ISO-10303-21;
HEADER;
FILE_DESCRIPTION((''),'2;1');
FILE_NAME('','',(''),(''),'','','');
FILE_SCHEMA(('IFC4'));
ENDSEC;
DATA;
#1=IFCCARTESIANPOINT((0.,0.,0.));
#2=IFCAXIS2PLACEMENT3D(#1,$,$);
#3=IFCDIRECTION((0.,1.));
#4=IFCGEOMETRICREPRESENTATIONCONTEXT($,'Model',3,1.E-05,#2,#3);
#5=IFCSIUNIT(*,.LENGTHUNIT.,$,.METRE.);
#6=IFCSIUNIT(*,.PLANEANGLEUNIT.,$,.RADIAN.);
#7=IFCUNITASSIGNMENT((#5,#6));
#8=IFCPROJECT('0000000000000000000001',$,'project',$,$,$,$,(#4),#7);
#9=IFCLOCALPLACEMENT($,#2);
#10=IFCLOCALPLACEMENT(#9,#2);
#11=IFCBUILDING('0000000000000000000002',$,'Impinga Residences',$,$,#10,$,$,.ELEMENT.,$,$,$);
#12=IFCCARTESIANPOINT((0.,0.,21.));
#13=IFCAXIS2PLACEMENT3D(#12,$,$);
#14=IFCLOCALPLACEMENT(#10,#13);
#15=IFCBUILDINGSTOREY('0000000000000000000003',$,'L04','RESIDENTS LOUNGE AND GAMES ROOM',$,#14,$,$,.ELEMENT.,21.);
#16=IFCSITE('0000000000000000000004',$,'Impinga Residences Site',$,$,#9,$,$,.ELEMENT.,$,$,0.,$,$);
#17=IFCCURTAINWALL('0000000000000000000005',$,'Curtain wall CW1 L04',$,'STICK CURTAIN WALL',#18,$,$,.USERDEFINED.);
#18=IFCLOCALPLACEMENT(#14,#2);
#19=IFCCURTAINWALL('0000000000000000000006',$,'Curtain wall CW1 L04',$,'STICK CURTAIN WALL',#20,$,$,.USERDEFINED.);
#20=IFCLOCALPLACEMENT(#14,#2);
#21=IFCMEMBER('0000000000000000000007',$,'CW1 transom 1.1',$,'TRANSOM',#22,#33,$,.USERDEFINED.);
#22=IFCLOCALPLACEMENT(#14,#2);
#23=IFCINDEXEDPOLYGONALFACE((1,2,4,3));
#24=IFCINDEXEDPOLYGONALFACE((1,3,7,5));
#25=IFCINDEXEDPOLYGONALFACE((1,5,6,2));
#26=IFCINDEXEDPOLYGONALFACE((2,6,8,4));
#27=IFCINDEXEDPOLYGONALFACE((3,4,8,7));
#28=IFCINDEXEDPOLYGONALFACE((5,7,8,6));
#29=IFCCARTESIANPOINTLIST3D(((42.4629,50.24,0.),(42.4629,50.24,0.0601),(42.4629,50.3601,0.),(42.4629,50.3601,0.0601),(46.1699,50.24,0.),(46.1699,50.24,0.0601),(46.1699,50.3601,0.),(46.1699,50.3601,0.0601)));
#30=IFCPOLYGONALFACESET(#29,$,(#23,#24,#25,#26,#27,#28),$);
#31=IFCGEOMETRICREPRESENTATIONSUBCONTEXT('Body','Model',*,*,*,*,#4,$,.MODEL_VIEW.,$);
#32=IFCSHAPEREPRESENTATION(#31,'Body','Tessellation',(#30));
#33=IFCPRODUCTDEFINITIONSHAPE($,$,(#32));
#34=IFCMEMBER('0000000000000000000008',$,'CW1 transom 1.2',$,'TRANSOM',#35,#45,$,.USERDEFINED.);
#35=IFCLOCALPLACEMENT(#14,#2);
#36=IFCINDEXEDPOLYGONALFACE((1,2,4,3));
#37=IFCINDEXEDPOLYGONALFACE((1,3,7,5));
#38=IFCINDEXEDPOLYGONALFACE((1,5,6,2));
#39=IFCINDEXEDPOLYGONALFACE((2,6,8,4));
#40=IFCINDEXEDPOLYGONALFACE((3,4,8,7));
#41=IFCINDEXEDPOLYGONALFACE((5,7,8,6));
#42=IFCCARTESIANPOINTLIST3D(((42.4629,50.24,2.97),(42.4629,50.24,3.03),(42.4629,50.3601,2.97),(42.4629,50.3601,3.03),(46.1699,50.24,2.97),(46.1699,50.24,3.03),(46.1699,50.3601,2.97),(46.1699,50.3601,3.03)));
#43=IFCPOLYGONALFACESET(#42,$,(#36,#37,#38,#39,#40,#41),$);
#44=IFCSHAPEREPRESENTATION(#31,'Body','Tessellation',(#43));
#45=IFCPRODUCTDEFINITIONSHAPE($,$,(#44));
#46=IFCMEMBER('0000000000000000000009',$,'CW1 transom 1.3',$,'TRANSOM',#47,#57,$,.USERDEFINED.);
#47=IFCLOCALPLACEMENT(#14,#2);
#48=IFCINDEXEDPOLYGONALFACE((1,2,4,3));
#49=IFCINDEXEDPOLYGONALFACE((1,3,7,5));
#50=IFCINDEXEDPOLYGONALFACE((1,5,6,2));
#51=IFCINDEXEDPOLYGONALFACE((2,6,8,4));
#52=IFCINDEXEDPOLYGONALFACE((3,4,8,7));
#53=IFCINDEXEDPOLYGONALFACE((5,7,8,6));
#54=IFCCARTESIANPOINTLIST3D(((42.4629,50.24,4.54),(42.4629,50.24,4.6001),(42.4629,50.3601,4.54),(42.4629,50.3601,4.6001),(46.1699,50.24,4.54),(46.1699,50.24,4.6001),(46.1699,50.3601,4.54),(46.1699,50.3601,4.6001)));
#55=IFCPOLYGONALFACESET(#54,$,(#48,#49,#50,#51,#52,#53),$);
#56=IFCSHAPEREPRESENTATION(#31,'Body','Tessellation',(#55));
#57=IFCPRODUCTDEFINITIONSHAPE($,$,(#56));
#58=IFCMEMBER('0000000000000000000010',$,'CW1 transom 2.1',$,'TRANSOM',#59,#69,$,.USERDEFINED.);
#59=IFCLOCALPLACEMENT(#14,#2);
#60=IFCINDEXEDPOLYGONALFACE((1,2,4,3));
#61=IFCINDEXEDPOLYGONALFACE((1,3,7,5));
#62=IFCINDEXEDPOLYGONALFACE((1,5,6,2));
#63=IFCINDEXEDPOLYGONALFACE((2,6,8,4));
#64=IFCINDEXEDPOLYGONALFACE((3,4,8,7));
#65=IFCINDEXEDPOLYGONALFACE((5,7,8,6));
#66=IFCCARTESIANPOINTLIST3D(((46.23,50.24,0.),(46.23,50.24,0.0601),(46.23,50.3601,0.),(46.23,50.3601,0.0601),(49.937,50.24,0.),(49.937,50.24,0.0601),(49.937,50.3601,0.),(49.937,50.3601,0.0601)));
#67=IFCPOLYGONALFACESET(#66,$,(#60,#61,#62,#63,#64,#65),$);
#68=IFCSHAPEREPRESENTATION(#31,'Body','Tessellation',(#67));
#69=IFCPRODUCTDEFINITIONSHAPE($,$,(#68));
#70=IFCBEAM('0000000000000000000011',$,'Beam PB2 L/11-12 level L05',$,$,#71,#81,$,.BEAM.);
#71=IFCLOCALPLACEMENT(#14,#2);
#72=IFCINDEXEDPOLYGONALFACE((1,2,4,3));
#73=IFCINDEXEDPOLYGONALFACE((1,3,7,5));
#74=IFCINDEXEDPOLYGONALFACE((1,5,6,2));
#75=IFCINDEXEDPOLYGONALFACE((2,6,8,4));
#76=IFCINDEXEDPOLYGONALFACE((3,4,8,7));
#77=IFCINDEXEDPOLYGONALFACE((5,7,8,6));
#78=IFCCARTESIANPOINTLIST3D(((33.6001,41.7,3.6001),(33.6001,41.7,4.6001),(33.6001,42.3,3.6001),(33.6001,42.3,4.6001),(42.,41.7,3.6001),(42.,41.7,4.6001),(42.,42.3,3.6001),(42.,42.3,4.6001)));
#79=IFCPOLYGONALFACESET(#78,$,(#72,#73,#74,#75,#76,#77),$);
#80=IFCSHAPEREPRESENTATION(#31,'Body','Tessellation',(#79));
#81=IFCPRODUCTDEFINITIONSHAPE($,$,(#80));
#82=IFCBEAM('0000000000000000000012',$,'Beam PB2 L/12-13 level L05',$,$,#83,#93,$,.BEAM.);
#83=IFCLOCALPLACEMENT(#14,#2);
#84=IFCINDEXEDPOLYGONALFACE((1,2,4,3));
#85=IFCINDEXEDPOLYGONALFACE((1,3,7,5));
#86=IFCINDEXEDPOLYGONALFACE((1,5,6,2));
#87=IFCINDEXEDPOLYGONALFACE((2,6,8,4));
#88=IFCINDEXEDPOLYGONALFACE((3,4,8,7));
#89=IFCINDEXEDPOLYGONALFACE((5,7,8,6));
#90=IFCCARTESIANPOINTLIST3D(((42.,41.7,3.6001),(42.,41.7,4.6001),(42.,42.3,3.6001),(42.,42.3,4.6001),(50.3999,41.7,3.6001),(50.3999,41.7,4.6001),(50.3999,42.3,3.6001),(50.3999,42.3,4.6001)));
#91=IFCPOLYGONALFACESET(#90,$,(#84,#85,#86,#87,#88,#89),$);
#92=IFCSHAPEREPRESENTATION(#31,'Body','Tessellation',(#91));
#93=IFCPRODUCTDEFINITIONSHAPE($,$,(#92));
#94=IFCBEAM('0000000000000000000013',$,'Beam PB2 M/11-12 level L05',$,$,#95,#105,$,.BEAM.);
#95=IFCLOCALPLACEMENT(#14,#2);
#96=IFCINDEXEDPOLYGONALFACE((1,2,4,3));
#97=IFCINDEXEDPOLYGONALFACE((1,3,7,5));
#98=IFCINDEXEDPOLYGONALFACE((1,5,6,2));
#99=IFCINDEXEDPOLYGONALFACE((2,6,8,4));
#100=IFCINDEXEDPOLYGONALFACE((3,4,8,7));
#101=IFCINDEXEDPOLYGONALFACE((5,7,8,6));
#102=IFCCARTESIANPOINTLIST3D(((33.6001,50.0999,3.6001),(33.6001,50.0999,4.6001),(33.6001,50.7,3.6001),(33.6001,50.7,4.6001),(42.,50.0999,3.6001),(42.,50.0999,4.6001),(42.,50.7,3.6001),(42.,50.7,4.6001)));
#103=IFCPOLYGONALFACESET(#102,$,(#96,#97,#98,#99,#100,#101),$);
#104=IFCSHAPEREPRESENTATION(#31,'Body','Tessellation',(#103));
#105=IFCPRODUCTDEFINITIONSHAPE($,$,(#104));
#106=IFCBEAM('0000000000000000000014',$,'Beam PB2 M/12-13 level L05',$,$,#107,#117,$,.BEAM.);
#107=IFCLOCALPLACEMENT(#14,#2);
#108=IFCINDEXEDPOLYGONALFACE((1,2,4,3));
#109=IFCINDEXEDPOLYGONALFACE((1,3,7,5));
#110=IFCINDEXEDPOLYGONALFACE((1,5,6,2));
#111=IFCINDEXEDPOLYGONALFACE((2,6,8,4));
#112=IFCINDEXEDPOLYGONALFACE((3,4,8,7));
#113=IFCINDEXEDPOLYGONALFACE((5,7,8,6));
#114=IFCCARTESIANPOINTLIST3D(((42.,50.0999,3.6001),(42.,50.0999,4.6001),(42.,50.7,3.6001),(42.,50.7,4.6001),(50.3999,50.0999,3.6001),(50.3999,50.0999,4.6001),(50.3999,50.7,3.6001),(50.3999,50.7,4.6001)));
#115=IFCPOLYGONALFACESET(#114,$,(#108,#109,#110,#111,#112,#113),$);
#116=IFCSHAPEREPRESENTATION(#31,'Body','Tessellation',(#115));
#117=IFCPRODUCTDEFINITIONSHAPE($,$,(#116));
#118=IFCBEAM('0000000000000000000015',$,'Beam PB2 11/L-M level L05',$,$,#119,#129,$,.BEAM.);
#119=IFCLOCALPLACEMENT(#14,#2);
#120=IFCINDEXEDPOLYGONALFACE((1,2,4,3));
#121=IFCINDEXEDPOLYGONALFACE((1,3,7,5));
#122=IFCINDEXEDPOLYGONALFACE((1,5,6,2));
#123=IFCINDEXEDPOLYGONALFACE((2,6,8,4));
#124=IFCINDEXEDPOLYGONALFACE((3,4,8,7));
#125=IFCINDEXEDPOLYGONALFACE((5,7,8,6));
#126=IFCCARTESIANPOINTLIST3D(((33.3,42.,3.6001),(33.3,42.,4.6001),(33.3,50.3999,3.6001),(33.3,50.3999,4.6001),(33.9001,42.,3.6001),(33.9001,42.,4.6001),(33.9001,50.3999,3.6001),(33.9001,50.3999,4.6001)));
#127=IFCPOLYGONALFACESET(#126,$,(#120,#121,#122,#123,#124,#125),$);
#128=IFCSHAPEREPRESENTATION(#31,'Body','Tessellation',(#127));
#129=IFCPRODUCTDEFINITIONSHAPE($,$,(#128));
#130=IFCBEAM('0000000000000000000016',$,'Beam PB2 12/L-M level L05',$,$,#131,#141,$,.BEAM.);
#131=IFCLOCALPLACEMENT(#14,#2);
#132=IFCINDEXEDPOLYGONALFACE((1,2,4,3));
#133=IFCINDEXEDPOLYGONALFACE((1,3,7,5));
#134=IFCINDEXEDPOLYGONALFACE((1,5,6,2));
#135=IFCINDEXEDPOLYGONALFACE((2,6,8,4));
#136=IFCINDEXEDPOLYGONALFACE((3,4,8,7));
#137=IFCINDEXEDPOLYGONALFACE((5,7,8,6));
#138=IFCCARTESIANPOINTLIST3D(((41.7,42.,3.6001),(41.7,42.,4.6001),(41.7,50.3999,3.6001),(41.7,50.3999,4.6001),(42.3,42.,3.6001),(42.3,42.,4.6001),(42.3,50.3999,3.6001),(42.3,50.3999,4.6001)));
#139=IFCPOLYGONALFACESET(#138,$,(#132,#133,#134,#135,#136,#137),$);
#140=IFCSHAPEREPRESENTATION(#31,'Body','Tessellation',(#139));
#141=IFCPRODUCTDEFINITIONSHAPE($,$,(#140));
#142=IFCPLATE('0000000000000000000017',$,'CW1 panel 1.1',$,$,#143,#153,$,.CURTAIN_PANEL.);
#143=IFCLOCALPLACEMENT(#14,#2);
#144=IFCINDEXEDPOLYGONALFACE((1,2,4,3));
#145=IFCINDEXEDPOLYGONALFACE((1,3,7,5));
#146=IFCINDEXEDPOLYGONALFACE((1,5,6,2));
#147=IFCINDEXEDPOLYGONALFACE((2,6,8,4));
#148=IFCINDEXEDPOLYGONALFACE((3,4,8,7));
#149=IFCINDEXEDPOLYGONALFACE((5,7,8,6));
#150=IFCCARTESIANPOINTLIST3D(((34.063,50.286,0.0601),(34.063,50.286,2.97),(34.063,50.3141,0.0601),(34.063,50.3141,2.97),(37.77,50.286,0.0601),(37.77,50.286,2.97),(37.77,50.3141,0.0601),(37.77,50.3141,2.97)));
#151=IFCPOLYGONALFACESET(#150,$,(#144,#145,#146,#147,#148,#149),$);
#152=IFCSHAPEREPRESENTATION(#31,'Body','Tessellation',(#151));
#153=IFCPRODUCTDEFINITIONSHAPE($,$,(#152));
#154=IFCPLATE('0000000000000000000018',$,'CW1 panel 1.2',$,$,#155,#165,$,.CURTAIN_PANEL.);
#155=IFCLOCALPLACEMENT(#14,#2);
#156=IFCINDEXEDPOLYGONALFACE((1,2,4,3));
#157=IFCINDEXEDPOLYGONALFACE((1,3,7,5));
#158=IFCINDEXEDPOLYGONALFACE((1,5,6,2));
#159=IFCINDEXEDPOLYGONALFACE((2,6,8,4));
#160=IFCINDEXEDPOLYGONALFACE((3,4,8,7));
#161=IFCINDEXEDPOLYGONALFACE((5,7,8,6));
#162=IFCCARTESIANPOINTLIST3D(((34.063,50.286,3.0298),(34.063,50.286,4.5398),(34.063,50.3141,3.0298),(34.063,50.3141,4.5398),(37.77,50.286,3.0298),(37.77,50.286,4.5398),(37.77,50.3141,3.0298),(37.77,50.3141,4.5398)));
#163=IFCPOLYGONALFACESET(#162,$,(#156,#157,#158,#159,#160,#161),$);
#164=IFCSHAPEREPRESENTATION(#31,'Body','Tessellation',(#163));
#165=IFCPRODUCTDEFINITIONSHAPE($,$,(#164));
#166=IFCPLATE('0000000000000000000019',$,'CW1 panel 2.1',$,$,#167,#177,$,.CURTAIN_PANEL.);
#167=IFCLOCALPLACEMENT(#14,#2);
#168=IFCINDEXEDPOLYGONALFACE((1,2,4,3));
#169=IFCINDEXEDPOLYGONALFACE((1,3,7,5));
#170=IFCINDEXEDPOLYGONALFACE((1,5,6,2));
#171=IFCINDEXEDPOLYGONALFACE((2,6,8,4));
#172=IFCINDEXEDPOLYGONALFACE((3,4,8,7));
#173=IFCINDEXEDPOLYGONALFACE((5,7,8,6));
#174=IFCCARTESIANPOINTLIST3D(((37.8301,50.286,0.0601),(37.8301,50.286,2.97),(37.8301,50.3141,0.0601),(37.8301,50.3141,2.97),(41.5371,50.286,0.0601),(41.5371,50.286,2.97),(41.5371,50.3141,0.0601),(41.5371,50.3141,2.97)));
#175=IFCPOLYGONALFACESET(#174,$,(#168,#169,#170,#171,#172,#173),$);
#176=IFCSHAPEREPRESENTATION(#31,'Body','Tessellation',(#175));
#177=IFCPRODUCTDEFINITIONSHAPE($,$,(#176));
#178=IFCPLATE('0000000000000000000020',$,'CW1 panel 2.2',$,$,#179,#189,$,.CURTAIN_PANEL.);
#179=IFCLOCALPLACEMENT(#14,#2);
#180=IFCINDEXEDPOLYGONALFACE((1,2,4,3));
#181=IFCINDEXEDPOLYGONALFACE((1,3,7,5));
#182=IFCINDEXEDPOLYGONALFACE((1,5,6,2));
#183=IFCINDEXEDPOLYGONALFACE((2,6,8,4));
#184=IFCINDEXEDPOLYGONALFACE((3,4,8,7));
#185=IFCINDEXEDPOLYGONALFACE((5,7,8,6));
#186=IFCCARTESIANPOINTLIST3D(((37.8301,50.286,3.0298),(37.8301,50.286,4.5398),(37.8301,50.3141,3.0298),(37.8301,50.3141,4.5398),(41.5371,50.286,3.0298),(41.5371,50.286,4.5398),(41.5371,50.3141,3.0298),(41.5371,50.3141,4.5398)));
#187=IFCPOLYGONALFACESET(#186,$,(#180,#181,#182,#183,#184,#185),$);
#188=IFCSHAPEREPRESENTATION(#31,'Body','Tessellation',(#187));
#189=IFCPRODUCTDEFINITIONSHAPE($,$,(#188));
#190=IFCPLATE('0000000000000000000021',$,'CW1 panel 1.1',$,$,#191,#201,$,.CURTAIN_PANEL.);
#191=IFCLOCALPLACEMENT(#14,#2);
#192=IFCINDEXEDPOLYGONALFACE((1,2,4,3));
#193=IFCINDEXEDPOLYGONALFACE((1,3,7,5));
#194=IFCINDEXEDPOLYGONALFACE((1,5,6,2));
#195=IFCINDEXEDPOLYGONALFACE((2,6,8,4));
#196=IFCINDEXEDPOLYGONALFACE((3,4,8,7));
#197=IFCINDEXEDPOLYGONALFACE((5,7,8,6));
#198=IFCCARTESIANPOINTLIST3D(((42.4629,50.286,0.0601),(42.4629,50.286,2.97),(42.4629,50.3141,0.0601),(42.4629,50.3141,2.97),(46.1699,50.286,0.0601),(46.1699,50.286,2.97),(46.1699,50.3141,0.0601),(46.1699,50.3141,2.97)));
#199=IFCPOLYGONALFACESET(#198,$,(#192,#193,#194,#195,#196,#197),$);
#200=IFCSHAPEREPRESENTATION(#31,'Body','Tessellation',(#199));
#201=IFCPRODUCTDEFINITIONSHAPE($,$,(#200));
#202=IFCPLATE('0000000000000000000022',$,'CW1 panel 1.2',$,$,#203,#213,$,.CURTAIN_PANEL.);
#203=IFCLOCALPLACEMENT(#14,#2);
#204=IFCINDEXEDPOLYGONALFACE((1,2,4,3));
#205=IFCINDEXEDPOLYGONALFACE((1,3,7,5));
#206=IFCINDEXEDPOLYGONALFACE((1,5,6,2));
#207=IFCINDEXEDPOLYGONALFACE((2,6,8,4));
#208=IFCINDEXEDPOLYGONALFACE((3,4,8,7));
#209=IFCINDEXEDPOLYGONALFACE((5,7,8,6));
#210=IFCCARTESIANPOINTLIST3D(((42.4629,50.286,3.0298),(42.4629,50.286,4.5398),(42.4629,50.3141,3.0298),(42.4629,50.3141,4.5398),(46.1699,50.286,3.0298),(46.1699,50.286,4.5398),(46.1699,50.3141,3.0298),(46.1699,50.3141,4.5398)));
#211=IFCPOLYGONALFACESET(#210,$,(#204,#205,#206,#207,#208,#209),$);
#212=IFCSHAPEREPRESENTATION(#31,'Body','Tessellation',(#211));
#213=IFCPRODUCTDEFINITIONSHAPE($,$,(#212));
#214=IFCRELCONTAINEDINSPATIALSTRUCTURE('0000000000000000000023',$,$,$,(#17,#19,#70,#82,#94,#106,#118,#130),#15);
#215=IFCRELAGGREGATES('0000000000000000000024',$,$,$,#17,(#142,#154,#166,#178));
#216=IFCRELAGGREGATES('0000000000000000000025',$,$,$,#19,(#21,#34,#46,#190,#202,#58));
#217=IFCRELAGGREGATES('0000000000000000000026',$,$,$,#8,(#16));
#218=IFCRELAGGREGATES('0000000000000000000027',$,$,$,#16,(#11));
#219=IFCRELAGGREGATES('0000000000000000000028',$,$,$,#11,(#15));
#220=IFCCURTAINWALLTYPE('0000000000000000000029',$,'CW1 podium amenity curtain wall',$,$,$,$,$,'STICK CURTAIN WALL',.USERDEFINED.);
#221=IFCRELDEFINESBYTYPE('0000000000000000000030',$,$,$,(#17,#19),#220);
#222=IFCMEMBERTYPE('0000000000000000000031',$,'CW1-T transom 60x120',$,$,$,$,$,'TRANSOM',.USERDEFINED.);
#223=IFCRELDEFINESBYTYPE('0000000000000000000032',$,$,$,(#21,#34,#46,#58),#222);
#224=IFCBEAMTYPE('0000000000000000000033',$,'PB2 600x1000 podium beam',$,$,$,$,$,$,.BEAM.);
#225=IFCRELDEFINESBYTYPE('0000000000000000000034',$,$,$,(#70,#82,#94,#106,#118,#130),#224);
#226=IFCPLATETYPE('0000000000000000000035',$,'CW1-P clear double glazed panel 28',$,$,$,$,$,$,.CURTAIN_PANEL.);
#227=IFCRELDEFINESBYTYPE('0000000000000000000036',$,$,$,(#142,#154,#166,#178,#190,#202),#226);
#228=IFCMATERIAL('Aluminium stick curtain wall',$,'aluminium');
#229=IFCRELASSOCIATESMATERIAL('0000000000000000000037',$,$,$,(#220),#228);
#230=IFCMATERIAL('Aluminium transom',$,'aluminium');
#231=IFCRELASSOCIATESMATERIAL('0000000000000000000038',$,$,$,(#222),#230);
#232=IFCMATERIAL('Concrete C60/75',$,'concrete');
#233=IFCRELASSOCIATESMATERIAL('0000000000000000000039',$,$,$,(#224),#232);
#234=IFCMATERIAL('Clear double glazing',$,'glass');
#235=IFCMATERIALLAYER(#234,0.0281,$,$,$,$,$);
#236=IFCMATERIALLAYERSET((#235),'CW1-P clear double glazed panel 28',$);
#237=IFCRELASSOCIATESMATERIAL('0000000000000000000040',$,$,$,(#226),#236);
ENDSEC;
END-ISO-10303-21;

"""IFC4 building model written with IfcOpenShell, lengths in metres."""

from ifc_helpers import new_model, si_unit, direction, frame, origin, origin_2d, place, context, subcontext, project, spatial, rectangle, extrude, material, layer, layer_set, material_profile, profile_set, type_object, element, aggregate, save


model = new_model("IFC4")

# Units and contexts
model_context = context("Model", 3, precision=1e-05, world=origin(), true_north=direction((0.0, 1.0)))
body_context = subcontext(model_context, "Body", "Model", "MODEL_VIEW")
ifc_project = project(units=[si_unit("LENGTHUNIT", "METRE"), si_unit("PLANEANGLEUNIT", "RADIAN")], contexts=[model_context])

# Site, building, storey
site_placement = place(None, origin())
site = spatial("IfcSite", under=ifc_project, at=site_placement, Name="Impinga Residences Site", CompositionType="ELEMENT", RefElevation=0.0)
building_placement = place(site_placement, origin())
building = spatial("IfcBuilding", under=site, at=building_placement, Name="Impinga Residences", CompositionType="ELEMENT")
storey_placement = place(building_placement, frame((0.0, 0.0, 21.0)))
storey = spatial("IfcBuildingStorey", under=building, at=storey_placement, Name="L04", Description="RESIDENTS LOUNGE AND GAMES ROOM", CompositionType="ELEMENT", Elevation=21.0)

# Curtain walls
ifc_material_1 = material(Name="Aluminium stick curtain wall", Category="aluminium")
curtain_wall_type = type_object("IfcCurtainWallType", Name="CW1 podium amenity curtain wall", ElementType="STICK CURTAIN WALL", PredefinedType="USERDEFINED", material=ifc_material_1)
curtain_wall_1_placement = place(storey_placement, origin())
curtain_wall_1 = element("IfcCurtainWall", 1, at=curtain_wall_1_placement, inside=storey, type_object=curtain_wall_type, Name="Curtain wall CW1 L04", ObjectType="STICK CURTAIN WALL", PredefinedType="USERDEFINED")
curtain_wall_2_placement = place(storey_placement, origin())
curtain_wall_2 = element("IfcCurtainWall", 2, at=curtain_wall_2_placement, inside=storey, type_object=curtain_wall_type, Name="Curtain wall CW1 L04", ObjectType="STICK CURTAIN WALL", PredefinedType="USERDEFINED")

# Members
ifc_material_2 = material(Name="Aluminium transom", Category="aluminium")
ifc_material_profile_1 = material_profile(ifc_material_2, rectangle(XDim=0.0601, YDim=0.1201, at=origin_2d()), Name="60x120 transom")
ifc_profile_set_1 = profile_set([ifc_material_profile_1], Name="Aluminium transom")
member_type_1 = type_object("IfcMemberType", Name="CW1-T transom 60x120", ElementType="TRANSOM", PredefinedType="USERDEFINED", material=ifc_profile_set_1)
member_1_placement = place(storey_placement, frame((42.4629, 50.3, 0.03), z_axis=(1.0, 0.0, 0.0), x_axis=(0.0, 0.0, 1.0)))
member_1 = element("IfcMember", 3, at=member_1_placement, type_object=member_type_1, Name="CW1 transom 1.1", ObjectType="TRANSOM", PredefinedType="USERDEFINED", context=body_context, shape_type="SweptSolid", body=[
    extrude(rectangle(XDim=0.0601, YDim=0.1201, at=origin_2d()), origin(), (0.0, 0.0, 1.0), 3.707),
])
member_2_placement = place(storey_placement, frame((42.4629, 50.3, 3.0), z_axis=(1.0, 0.0, 0.0), x_axis=(0.0, 0.0, 1.0)))
member_2 = element("IfcMember", 4, at=member_2_placement, type_object=member_type_1, Name="CW1 transom 1.2", ObjectType="TRANSOM", PredefinedType="USERDEFINED", context=body_context, shape_type="SweptSolid", body=[
    extrude(rectangle(XDim=0.0601, YDim=0.1201, at=origin_2d()), origin(), (0.0, 0.0, 1.0), 3.707),
])
member_3_placement = place(storey_placement, frame((42.4629, 50.3, 4.5701), z_axis=(1.0, 0.0, 0.0), x_axis=(0.0, 0.0, 1.0)))
member_3 = element("IfcMember", 5, at=member_3_placement, type_object=member_type_1, Name="CW1 transom 1.3", ObjectType="TRANSOM", PredefinedType="USERDEFINED", context=body_context, shape_type="SweptSolid", body=[
    extrude(rectangle(XDim=0.0601, YDim=0.1201, at=origin_2d()), origin(), (0.0, 0.0, 1.0), 3.707),
])
member_4_placement = place(storey_placement, frame((46.23, 50.3, 0.03), z_axis=(1.0, 0.0, 0.0), x_axis=(0.0, 0.0, 1.0)))
member_4 = element("IfcMember", 6, at=member_4_placement, type_object=member_type_1, Name="CW1 transom 2.1", ObjectType="TRANSOM", PredefinedType="USERDEFINED", context=body_context, shape_type="SweptSolid", body=[
    extrude(rectangle(XDim=0.0601, YDim=0.1201, at=origin_2d()), origin(), (0.0, 0.0, 1.0), 3.707),
])

# Beams
ifc_material_3 = material(Name="Concrete C60/75", Category="concrete")
ifc_material_profile_2 = material_profile(ifc_material_3, rectangle(XDim=0.6001, YDim=1.0, at=origin_2d()), Name="RC 600x1000")
ifc_profile_set_2 = profile_set([ifc_material_profile_2], Name="Concrete C60/75")
beam_type = type_object("IfcBeamType", Name="PB2 600x1000 podium beam", PredefinedType="BEAM", material=ifc_profile_set_2)
for number, where, z_axis, x_axis, name in (
    (7, (33.6001, 42.0, 4.1001), (1.0, 0.0, 0.0), (0.0, 1.0, 0.0), "Beam PB2 L/11-12 level L05"),
    (8, (42.0, 42.0, 4.1001), (1.0, 0.0, 0.0), (0.0, 1.0, 0.0), "Beam PB2 L/12-13 level L05"),
    (9, (33.6001, 50.3999, 4.1001), (1.0, 0.0, 0.0), (0.0, 1.0, 0.0), "Beam PB2 M/11-12 level L05"),
    (10, (42.0, 50.3999, 4.1001), (1.0, 0.0, 0.0), (0.0, 1.0, 0.0), "Beam PB2 M/12-13 level L05"),
    (11, (33.6001, 42.0, 4.1001), (0.0, 1.0, 0.0), (-1.0, 0.0, 0.0), "Beam PB2 11/L-M level L05"),
    (12, (42.0, 42.0, 4.1001), (0.0, 1.0, 0.0), (-1.0, 0.0, 0.0), "Beam PB2 12/L-M level L05"),
):
    element("IfcBeam", number, at=place(storey_placement, frame(where, z_axis=z_axis, x_axis=x_axis)), inside=storey, type_object=beam_type, Name=name, PredefinedType="BEAM", context=body_context, shape_type="SweptSolid", body=[
        extrude(rectangle(XDim=0.6001, YDim=1.0, at=origin_2d()), origin(), (0.0, 0.0, 1.0), 8.3999),
    ])

# Plates
ifc_material_4 = material(Name="Clear double glazing", Category="glass")
ifc_layer = layer(ifc_material_4, 0.0281)
ifc_layer_set = layer_set([ifc_layer], Name="CW1-P clear double glazed panel 28")
plate_type = type_object("IfcPlateType", Name="CW1-P clear double glazed panel 28", PredefinedType="CURTAIN_PANEL", material=ifc_layer_set)
plate_1_placement = place(storey_placement, frame((35.9165, 50.3, 0.0601), z_axis=(0.0, 0.0, 1.0), x_axis=(1.0, 0.0, 0.0)))
plate_1 = element("IfcPlate", 13, at=plate_1_placement, type_object=plate_type, Name="CW1 panel 1.1", PredefinedType="CURTAIN_PANEL", context=body_context, shape_type="SweptSolid", body=[
    extrude(rectangle(XDim=3.707, YDim=0.0281, at=origin_2d()), origin(), (0.0, 0.0, 1.0), 2.9099),
])
plate_2_placement = place(storey_placement, frame((35.9165, 50.3, 3.0298), z_axis=(0.0, 0.0, 1.0), x_axis=(1.0, 0.0, 0.0)))
plate_2 = element("IfcPlate", 14, at=plate_2_placement, type_object=plate_type, Name="CW1 panel 1.2", PredefinedType="CURTAIN_PANEL", context=body_context, shape_type="SweptSolid", body=[
    extrude(rectangle(XDim=3.707, YDim=0.0281, at=origin_2d()), origin(), (0.0, 0.0, 1.0), 1.51),
])
plate_3_placement = place(storey_placement, frame((39.6836, 50.3, 0.0601), z_axis=(0.0, 0.0, 1.0), x_axis=(1.0, 0.0, 0.0)))
plate_3 = element("IfcPlate", 15, at=plate_3_placement, type_object=plate_type, Name="CW1 panel 2.1", PredefinedType="CURTAIN_PANEL", context=body_context, shape_type="SweptSolid", body=[
    extrude(rectangle(XDim=3.707, YDim=0.0281, at=origin_2d()), origin(), (0.0, 0.0, 1.0), 2.9099),
])
plate_4_placement = place(storey_placement, frame((39.6836, 50.3, 3.0298), z_axis=(0.0, 0.0, 1.0), x_axis=(1.0, 0.0, 0.0)))
plate_4 = element("IfcPlate", 16, at=plate_4_placement, type_object=plate_type, Name="CW1 panel 2.2", PredefinedType="CURTAIN_PANEL", context=body_context, shape_type="SweptSolid", body=[
    extrude(rectangle(XDim=3.707, YDim=0.0281, at=origin_2d()), origin(), (0.0, 0.0, 1.0), 1.51),
])
aggregate(curtain_wall_1, [plate_1, plate_2, plate_3, plate_4])
plate_5_placement = place(storey_placement, frame((44.3164, 50.3, 0.0601), z_axis=(0.0, 0.0, 1.0), x_axis=(1.0, 0.0, 0.0)))
plate_5 = element("IfcPlate", 17, at=plate_5_placement, type_object=plate_type, Name="CW1 panel 1.1", PredefinedType="CURTAIN_PANEL", context=body_context, shape_type="SweptSolid", body=[
    extrude(rectangle(XDim=3.707, YDim=0.0281, at=origin_2d()), origin(), (0.0, 0.0, 1.0), 2.9099),
])
plate_6_placement = place(storey_placement, frame((44.3164, 50.3, 3.0298), z_axis=(0.0, 0.0, 1.0), x_axis=(1.0, 0.0, 0.0)))
plate_6 = element("IfcPlate", 18, at=plate_6_placement, type_object=plate_type, Name="CW1 panel 1.2", PredefinedType="CURTAIN_PANEL", context=body_context, shape_type="SweptSolid", body=[
    extrude(rectangle(XDim=3.707, YDim=0.0281, at=origin_2d()), origin(), (0.0, 0.0, 1.0), 1.51),
])
aggregate(curtain_wall_2, [member_1, member_2, member_3, plate_5, plate_6, member_4])

save(model, "model.ifc")
